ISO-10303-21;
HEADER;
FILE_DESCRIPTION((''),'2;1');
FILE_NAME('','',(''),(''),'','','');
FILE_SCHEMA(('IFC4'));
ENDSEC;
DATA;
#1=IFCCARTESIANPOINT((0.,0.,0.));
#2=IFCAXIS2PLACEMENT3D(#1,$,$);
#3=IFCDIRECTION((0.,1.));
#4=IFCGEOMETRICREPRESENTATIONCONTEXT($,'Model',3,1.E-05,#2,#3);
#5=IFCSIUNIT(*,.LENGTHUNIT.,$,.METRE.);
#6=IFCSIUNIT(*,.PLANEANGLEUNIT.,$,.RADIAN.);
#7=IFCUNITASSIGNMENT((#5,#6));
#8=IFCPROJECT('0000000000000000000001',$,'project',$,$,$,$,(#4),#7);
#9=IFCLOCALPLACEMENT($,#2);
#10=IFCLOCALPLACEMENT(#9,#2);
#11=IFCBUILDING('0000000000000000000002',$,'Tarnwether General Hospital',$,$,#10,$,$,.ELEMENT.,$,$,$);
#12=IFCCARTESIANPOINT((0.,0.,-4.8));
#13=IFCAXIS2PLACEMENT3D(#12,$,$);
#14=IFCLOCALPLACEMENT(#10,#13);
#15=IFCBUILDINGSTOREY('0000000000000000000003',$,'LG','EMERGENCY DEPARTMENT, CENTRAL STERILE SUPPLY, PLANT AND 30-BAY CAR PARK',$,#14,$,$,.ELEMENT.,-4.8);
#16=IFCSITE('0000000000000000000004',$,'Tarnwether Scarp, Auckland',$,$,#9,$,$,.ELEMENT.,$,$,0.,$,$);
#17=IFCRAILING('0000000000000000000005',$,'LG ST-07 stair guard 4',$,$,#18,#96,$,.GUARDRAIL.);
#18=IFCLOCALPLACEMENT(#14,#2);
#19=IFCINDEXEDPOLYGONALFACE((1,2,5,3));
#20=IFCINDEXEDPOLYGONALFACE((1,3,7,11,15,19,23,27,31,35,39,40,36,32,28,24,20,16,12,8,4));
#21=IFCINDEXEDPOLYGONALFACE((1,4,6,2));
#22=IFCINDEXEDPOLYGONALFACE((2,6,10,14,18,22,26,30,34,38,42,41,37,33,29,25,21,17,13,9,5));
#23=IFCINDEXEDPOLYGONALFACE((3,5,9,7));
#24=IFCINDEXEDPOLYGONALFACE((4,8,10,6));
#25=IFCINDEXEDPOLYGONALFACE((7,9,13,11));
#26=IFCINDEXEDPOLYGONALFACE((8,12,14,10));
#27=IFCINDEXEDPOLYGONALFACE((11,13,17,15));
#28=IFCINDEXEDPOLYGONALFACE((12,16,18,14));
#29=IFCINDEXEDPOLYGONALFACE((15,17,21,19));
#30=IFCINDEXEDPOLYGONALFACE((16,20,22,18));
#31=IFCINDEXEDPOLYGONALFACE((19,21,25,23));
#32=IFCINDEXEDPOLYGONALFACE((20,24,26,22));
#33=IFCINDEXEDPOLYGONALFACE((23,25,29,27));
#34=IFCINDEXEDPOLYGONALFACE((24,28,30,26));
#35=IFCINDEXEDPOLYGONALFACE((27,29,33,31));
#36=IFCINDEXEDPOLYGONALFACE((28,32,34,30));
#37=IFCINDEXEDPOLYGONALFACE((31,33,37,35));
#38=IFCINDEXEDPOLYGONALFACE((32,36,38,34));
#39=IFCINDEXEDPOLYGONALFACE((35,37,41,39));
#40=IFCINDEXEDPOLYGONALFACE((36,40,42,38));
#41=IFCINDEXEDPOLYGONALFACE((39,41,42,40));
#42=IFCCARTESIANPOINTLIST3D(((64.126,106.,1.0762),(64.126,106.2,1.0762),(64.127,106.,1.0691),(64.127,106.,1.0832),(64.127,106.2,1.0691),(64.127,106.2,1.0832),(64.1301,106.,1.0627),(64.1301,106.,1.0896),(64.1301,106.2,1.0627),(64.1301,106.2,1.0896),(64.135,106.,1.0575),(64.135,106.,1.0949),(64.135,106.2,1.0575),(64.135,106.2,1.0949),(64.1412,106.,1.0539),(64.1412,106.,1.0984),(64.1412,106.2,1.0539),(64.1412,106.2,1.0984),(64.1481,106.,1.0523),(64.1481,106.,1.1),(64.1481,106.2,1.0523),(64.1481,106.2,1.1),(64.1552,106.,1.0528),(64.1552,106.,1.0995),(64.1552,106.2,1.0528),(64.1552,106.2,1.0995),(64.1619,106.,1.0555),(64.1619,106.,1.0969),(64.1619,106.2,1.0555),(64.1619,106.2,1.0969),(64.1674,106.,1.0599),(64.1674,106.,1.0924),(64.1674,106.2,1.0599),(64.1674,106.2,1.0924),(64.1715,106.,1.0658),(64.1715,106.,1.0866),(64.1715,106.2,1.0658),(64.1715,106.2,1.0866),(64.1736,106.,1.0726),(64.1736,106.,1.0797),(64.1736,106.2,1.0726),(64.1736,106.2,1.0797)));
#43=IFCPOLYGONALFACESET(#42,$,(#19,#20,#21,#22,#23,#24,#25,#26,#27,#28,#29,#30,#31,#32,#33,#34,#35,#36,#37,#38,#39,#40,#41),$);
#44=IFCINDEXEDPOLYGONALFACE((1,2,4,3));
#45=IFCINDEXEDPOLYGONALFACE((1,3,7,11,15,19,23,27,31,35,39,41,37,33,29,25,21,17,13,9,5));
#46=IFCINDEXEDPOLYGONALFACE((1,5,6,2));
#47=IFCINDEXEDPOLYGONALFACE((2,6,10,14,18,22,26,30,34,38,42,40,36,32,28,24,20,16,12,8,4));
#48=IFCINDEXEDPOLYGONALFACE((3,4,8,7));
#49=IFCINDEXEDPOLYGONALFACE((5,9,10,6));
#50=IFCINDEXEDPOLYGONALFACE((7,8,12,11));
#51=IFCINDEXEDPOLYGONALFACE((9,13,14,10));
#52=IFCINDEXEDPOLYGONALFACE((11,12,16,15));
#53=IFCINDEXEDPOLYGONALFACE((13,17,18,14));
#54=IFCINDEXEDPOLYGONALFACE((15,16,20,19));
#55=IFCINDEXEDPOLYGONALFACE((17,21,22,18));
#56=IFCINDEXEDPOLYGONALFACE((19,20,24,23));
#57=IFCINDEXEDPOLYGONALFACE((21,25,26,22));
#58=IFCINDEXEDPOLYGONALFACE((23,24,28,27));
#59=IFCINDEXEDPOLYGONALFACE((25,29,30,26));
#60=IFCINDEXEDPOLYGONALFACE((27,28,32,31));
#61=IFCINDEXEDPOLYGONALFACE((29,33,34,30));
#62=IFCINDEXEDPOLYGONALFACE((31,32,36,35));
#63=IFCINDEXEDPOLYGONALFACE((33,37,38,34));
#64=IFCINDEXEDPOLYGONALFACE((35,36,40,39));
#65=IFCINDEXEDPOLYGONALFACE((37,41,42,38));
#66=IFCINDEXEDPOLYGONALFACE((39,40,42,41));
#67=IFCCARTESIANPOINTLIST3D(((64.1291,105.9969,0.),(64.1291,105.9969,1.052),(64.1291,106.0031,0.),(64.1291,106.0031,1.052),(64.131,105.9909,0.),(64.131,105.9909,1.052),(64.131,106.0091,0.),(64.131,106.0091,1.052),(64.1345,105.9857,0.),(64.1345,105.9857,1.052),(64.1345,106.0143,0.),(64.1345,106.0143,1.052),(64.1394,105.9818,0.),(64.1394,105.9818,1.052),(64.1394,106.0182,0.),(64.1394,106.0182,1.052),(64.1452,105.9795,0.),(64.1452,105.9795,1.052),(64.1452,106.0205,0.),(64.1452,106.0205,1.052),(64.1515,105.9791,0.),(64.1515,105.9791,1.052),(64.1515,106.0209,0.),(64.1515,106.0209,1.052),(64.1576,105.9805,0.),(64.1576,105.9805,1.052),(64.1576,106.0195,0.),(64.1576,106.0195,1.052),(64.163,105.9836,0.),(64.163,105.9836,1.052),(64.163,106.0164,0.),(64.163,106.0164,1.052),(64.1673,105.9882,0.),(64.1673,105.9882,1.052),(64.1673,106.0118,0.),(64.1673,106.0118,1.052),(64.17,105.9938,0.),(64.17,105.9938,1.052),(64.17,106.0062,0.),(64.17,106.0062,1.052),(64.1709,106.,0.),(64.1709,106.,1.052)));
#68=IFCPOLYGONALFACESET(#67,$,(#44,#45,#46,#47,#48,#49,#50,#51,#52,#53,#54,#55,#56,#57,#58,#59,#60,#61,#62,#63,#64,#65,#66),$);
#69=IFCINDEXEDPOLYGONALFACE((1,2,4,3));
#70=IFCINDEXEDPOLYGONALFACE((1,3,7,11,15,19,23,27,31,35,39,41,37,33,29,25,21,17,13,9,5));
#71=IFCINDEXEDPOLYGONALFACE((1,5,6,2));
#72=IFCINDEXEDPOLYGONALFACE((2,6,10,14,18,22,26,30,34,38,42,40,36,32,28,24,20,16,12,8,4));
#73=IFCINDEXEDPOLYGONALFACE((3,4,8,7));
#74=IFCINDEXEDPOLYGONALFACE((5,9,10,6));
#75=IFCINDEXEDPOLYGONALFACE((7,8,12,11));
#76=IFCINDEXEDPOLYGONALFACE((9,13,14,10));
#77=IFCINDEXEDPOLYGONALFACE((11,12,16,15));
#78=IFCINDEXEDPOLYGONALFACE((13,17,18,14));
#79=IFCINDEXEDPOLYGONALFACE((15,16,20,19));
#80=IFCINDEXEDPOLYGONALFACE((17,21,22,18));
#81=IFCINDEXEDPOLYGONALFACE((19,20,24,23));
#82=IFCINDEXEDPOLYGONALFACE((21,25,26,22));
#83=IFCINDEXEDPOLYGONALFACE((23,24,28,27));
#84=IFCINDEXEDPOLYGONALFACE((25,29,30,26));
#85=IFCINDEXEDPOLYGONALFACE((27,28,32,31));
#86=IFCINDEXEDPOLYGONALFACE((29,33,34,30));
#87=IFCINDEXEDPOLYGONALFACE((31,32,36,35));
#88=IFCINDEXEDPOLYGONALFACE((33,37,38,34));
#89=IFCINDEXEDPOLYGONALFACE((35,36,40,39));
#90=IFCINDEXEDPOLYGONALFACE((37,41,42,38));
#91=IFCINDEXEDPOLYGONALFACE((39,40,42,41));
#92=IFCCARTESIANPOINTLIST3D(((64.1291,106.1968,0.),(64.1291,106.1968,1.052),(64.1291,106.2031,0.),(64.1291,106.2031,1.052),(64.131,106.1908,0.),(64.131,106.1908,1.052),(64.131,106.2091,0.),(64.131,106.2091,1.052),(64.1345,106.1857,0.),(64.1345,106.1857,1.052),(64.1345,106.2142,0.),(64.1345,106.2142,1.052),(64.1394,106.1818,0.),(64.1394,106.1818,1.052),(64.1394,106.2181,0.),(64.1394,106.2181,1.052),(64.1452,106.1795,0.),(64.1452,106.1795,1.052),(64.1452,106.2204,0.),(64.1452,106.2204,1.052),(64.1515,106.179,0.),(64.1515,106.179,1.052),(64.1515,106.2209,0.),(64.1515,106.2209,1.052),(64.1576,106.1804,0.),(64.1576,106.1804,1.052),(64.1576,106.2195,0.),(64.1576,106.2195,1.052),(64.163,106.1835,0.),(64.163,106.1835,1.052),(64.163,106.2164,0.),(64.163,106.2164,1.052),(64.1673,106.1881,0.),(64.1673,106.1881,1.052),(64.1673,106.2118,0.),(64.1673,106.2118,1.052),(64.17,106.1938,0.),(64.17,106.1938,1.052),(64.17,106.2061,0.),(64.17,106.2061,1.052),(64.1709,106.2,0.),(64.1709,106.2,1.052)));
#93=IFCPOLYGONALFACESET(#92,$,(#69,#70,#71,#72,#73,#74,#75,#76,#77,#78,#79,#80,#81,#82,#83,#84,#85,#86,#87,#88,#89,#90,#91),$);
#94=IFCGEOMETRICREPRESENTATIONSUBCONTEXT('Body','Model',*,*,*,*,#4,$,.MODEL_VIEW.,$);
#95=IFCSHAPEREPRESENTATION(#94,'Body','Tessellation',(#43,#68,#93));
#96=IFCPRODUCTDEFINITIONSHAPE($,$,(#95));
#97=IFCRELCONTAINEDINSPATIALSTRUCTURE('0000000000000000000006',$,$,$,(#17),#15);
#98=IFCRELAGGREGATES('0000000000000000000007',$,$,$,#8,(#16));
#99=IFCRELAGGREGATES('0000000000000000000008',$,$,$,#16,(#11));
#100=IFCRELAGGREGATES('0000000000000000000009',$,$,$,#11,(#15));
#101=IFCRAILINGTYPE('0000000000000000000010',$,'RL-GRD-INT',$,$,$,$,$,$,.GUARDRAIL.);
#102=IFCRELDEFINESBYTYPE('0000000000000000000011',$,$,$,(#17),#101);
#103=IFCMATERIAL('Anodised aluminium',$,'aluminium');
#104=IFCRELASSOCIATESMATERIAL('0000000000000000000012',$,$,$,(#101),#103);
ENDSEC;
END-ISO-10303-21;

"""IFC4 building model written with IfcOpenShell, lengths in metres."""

from ifc_helpers import new_model, si_unit, direction, frame, origin, origin_2d, place, context, subcontext, project, spatial, circle, extrude, material, type_object, element, save


model = new_model("IFC4")

# Units and contexts
model_context = context("Model", 3, precision=1e-05, world=origin(), true_north=direction((0.0, 1.0)))
body_context = subcontext(model_context, "Body", "Model", "MODEL_VIEW")
ifc_project = project(units=[si_unit("LENGTHUNIT", "METRE"), si_unit("PLANEANGLEUNIT", "RADIAN")], contexts=[model_context])

# Site, building, storey
site_placement = place(None, origin())
site = spatial("IfcSite", under=ifc_project, at=site_placement, Name="Tarnwether Scarp, Auckland", CompositionType="ELEMENT", RefElevation=0.0)
building_placement = place(site_placement, origin())
building = spatial("IfcBuilding", under=site, at=building_placement, Name="Tarnwether General Hospital", CompositionType="ELEMENT")
storey_placement = place(building_placement, frame((0.0, 0.0, -4.8)))
storey = spatial("IfcBuildingStorey", under=building, at=storey_placement, Name="LG", Description="EMERGENCY DEPARTMENT, CENTRAL STERILE SUPPLY, PLANT AND 30-BAY CAR PARK", CompositionType="ELEMENT", Elevation=-4.8)

# Railing
ifc_material_1 = material(Name="Anodised aluminium", Category="aluminium")
railing_type_1 = type_object("IfcRailingType", Name="RL-GRD-INT", PredefinedType="GUARDRAIL", material=ifc_material_1)
railing_1_placement = place(storey_placement, frame((64.1499, 106.0, 0.0)))
element("IfcRailing", 1, at=railing_1_placement, inside=storey, type_object=railing_type_1, Name="LG ST-07 stair guard 4", PredefinedType="GUARDRAIL", context=body_context, shape_type="SweptSolid", body=[
    extrude(circle(Radius=0.0239, at=origin_2d()), frame((0.0, 0.0, 1.0762), z_axis=(0.0, 1.0, 0.0), x_axis=(-1.0, 0.0, 0.0)), (0.0, 0.0, 1.0), 0.2),
    extrude(circle(Radius=0.021, at=origin_2d()), origin(), (0.0, 0.0, 1.0), 1.052),
    extrude(circle(Radius=0.021, at=origin_2d()), frame((0.0, 0.2, 0.0)), (0.0, 0.0, 1.0), 1.052),
])

save(model, "model.ifc")
